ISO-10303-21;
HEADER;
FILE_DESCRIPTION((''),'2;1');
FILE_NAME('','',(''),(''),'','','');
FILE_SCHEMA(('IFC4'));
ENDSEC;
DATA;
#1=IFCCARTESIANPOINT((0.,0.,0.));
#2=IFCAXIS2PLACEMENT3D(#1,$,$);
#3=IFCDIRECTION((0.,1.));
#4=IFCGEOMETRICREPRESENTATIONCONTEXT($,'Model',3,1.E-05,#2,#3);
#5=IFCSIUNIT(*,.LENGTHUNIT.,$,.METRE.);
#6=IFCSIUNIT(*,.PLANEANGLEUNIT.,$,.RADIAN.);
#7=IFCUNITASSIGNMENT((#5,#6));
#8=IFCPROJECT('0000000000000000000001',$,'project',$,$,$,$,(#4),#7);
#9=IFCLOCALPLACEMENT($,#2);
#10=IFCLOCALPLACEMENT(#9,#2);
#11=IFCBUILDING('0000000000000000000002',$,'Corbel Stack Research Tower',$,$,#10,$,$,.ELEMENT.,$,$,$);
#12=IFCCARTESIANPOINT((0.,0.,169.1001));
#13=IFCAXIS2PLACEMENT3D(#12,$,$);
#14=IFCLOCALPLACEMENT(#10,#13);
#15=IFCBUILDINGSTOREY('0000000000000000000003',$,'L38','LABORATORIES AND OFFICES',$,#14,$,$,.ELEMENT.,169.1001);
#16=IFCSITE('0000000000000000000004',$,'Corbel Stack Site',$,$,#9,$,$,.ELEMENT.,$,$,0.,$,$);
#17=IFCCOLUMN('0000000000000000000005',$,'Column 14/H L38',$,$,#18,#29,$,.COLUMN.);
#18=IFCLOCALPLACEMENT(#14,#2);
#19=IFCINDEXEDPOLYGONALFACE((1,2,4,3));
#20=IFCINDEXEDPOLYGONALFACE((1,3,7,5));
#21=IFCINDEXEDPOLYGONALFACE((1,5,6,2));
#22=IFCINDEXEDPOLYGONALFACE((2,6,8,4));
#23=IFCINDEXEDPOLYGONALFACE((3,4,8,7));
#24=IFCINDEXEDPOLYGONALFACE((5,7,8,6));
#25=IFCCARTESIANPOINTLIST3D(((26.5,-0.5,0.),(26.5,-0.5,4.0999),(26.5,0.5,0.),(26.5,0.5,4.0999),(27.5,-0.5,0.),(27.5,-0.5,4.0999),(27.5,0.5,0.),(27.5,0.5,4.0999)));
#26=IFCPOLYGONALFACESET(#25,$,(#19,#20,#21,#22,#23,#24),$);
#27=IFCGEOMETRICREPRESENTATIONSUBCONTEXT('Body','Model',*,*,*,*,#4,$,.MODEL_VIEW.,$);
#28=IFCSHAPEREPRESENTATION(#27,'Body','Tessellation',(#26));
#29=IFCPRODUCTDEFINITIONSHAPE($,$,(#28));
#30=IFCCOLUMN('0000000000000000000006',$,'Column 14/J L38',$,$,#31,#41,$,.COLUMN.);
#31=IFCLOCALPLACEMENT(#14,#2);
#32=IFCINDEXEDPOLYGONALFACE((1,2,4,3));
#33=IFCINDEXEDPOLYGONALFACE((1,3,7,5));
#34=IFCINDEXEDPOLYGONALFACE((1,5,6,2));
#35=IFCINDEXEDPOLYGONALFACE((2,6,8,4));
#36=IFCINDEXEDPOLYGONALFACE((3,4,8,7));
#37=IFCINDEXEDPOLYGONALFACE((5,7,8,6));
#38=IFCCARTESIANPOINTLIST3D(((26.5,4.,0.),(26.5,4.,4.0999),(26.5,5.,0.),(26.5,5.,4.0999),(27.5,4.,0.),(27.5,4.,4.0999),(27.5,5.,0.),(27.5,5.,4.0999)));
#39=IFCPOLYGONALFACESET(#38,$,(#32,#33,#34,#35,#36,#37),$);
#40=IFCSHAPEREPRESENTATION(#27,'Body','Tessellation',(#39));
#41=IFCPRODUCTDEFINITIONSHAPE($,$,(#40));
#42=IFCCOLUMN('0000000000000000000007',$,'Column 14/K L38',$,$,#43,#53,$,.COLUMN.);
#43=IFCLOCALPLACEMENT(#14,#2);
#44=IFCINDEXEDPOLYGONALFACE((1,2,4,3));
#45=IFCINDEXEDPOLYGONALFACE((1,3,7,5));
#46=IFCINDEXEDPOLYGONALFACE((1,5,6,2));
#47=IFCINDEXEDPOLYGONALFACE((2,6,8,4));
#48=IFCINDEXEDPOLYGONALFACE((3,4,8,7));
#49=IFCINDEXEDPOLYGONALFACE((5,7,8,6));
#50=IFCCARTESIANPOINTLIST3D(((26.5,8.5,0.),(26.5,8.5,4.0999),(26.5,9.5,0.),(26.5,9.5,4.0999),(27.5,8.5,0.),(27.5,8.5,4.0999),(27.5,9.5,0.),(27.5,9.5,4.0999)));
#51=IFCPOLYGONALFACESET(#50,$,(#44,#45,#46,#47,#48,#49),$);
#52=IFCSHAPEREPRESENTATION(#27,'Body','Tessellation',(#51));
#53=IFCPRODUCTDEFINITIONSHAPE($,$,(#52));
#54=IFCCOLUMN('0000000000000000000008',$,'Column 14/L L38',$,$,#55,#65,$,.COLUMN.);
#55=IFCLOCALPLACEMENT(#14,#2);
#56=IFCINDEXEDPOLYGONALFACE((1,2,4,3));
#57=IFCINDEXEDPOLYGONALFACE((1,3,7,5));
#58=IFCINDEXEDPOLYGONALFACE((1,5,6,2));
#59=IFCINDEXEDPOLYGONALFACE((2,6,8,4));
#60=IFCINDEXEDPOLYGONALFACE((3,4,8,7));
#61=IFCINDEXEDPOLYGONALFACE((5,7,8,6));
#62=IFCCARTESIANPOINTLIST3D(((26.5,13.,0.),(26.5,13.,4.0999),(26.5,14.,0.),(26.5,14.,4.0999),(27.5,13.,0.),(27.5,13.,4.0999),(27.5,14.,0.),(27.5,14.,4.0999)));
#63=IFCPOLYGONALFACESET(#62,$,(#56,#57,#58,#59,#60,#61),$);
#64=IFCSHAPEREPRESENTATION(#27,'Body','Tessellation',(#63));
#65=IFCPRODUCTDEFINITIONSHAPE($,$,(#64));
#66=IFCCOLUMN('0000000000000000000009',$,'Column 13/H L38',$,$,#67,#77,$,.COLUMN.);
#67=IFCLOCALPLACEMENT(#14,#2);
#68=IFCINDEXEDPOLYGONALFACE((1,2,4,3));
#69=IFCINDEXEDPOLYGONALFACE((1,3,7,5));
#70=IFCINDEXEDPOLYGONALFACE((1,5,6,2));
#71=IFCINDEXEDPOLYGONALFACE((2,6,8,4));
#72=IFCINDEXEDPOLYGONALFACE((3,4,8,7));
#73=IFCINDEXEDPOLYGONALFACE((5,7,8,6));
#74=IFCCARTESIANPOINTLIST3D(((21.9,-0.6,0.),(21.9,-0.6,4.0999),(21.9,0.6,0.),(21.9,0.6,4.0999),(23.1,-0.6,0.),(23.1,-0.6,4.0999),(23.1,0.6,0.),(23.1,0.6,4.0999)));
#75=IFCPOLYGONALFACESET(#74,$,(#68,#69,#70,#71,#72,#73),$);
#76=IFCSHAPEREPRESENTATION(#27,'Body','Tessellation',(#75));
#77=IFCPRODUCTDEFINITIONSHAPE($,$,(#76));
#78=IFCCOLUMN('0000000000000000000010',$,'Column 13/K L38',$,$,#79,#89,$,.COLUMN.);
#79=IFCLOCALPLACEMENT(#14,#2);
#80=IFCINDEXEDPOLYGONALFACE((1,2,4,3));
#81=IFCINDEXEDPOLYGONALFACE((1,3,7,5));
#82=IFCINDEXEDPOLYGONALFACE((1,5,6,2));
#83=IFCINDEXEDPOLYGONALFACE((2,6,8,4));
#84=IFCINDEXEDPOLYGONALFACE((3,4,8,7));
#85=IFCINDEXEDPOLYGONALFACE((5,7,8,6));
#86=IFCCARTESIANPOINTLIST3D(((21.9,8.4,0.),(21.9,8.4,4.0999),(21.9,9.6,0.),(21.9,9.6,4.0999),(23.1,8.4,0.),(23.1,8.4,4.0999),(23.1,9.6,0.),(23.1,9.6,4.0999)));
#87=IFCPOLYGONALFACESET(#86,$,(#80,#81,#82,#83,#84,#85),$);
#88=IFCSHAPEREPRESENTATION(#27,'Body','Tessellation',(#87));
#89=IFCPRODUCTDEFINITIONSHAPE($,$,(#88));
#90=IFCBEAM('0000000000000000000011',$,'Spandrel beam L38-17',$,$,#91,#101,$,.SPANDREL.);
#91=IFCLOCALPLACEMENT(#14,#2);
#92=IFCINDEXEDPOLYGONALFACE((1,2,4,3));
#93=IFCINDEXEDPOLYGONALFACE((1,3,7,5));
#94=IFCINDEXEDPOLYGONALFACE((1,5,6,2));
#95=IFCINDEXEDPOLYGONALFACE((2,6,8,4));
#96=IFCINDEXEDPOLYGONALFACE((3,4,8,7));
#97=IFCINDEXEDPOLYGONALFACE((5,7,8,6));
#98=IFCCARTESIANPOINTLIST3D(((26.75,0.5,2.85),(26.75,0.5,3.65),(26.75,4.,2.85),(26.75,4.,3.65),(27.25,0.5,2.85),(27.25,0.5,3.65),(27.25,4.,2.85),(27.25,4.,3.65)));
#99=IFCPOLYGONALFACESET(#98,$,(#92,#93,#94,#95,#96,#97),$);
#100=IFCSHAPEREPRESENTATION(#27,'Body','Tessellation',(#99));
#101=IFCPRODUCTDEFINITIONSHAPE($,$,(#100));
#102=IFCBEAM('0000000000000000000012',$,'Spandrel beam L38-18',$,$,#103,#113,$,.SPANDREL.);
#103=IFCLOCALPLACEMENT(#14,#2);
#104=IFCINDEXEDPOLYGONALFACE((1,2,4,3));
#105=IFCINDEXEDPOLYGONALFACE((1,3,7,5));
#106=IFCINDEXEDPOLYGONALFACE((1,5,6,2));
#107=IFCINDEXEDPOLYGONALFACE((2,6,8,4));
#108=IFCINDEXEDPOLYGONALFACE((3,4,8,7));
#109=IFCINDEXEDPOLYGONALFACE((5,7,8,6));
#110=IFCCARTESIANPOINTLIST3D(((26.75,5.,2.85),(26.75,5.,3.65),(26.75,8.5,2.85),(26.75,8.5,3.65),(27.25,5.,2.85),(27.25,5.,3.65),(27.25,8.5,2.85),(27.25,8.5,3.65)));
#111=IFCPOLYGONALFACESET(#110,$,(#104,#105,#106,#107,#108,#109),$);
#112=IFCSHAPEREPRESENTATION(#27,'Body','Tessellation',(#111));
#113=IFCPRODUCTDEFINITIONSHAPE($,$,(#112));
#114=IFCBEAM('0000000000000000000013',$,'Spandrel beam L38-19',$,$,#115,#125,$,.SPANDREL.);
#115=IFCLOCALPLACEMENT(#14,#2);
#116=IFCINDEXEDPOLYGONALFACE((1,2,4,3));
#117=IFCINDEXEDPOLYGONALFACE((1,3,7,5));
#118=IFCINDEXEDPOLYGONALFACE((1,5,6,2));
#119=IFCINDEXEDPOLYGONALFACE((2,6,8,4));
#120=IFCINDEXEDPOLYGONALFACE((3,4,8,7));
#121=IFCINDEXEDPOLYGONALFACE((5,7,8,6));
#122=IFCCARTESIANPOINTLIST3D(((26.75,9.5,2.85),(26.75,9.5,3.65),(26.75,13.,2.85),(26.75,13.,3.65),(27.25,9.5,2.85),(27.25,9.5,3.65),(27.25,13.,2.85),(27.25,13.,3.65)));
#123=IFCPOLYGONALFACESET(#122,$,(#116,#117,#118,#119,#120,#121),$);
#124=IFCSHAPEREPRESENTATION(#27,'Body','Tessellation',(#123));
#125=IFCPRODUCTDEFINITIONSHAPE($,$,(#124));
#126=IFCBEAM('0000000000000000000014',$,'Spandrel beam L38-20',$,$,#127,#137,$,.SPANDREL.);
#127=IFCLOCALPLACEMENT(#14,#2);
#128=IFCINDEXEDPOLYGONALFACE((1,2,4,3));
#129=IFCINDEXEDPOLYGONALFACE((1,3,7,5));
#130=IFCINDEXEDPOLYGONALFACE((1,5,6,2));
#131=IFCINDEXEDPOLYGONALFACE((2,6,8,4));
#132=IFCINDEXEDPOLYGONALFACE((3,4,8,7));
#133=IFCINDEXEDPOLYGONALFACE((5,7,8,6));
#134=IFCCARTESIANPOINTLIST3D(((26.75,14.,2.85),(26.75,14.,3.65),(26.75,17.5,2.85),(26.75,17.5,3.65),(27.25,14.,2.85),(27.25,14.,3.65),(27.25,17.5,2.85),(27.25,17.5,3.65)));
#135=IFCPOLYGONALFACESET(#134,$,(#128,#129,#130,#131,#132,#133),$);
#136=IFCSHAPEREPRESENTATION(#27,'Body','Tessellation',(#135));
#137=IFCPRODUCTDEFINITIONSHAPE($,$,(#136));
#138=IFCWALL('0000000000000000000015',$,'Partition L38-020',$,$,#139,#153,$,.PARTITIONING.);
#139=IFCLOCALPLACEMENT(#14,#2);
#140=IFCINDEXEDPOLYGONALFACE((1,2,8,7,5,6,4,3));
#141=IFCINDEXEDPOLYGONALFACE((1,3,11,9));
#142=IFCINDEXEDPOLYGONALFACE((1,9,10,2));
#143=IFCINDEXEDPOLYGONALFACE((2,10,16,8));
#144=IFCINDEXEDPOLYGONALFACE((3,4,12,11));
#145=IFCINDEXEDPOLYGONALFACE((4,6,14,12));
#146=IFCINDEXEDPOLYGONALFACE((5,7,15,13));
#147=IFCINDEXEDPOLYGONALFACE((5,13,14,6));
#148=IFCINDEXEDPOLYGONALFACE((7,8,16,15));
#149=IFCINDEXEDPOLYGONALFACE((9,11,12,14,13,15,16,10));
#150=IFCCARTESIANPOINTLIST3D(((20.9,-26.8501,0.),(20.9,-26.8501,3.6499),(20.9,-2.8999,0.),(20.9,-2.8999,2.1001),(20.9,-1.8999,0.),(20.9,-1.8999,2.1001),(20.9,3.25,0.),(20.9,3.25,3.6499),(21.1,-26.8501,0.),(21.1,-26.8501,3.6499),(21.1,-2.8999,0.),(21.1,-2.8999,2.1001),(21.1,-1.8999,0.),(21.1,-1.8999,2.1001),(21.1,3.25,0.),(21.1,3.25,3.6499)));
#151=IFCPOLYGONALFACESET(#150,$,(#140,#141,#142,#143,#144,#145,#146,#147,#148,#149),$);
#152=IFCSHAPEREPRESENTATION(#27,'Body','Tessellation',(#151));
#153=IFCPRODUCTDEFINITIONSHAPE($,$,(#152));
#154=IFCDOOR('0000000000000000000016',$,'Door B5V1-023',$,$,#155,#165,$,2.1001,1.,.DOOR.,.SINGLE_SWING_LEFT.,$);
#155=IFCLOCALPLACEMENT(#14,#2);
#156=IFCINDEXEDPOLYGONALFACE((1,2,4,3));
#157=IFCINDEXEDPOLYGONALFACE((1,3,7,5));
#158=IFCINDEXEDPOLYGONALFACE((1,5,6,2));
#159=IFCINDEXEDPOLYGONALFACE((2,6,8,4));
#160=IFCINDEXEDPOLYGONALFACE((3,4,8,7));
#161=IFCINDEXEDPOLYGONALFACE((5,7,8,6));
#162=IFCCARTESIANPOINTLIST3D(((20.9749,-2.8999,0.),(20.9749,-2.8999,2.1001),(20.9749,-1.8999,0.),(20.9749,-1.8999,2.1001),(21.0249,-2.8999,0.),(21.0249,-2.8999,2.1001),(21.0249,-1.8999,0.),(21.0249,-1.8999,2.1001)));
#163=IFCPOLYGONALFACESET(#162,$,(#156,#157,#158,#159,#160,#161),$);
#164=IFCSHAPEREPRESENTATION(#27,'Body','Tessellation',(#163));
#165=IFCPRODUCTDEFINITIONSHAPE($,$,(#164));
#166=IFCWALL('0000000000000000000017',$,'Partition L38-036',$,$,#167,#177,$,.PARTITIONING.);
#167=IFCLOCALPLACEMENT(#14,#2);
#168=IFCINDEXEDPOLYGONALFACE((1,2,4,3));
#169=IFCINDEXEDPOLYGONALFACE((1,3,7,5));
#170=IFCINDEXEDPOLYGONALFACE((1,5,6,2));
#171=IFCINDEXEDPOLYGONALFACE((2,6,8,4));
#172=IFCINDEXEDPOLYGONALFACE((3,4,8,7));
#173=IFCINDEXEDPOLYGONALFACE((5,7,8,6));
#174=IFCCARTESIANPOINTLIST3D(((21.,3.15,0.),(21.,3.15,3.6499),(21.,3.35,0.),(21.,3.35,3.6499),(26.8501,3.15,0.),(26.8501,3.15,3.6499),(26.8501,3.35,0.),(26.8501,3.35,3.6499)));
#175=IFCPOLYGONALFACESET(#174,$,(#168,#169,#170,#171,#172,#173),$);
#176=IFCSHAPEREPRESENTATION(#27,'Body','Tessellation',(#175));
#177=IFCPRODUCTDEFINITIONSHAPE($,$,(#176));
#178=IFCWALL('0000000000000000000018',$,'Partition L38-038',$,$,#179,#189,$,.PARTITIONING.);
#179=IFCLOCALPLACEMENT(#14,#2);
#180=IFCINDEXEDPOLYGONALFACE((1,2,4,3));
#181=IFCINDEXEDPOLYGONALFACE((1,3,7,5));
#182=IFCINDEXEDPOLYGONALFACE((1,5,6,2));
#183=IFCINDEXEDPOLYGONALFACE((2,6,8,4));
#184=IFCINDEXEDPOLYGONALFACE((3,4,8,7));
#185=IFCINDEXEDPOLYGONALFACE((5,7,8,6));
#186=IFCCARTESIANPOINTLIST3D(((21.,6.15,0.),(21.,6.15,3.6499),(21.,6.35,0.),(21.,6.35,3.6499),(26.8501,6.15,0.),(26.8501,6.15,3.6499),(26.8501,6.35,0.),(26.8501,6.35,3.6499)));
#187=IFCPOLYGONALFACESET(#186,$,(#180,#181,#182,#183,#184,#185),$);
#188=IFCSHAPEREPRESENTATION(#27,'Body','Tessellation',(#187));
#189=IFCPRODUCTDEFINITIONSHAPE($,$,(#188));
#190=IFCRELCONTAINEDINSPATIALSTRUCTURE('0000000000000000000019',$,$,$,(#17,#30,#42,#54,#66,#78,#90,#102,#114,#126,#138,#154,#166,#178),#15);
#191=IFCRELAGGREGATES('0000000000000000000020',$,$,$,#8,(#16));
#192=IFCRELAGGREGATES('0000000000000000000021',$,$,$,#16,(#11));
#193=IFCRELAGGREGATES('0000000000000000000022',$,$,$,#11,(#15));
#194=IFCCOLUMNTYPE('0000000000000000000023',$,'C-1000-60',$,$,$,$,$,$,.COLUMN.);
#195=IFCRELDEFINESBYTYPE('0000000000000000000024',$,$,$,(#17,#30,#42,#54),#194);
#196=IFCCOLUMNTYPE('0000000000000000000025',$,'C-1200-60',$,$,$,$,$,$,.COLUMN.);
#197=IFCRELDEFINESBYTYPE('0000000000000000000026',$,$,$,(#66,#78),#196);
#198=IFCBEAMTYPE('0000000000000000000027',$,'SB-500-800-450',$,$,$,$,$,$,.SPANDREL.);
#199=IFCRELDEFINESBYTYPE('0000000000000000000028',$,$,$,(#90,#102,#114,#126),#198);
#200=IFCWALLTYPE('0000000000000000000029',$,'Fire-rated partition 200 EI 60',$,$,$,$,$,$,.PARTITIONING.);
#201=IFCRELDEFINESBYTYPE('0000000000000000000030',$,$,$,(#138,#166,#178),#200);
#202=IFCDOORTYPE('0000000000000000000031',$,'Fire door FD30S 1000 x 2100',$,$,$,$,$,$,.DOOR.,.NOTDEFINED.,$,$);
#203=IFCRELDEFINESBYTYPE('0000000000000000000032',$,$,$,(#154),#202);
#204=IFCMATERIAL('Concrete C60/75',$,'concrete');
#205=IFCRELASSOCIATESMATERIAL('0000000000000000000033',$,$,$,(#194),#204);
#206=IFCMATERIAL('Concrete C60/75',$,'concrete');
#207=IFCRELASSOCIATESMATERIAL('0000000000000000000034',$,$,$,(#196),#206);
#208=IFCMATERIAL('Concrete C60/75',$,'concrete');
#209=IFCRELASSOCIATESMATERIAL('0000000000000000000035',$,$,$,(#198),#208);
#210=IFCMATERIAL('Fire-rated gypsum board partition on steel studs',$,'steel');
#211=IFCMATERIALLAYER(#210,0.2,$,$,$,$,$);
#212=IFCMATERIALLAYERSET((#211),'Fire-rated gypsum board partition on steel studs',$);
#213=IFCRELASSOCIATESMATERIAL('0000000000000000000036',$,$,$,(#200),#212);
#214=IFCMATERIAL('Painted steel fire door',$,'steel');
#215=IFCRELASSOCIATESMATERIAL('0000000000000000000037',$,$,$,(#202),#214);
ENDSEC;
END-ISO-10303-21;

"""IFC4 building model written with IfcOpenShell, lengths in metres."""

from ifc_helpers import new_model, si_unit, direction, frame, frame_2d, origin, origin_2d, place, context, subcontext, project, spatial, rectangle, extrude, material, layer, layer_set, material_profile, profile_set, type_object, element, fill, save


model = new_model("IFC4")

# Units and contexts
model_context = context("Model", 3, precision=1e-05, world=origin(), true_north=direction((0.0, 1.0)))
body_context = subcontext(model_context, "Body", "Model", "MODEL_VIEW")
ifc_project = project(units=[si_unit("LENGTHUNIT", "METRE"), si_unit("PLANEANGLEUNIT", "RADIAN")], contexts=[model_context])

# Site, building, storey
site_placement = place(None, origin())
site = spatial("IfcSite", under=ifc_project, at=site_placement, Name="Corbel Stack Site", CompositionType="ELEMENT", RefElevation=0.0)
building_placement = place(site_placement, origin())
building = spatial("IfcBuilding", under=site, at=building_placement, Name="Corbel Stack Research Tower", CompositionType="ELEMENT")
storey_placement = place(building_placement, frame((0.0, 0.0, 169.1001)))
storey = spatial("IfcBuildingStorey", under=building, at=storey_placement, Name="L38", Description="LABORATORIES AND OFFICES", CompositionType="ELEMENT", Elevation=169.1001)

# Columns
ifc_material_1 = material(Name="Concrete C60/75", Category="concrete")
ifc_material_profile_1 = material_profile(ifc_material_1, rectangle(XDim=1.0, YDim=1.0, at=origin_2d()), Name="RC 1000 x 1000")
ifc_profile_set_1 = profile_set([ifc_material_profile_1], Name="Concrete C60/75")
column_type_1 = type_object("IfcColumnType", Name="C-1000-60", PredefinedType="COLUMN", material=ifc_profile_set_1)
for number, where, z_axis, x_axis, name in (
    (1, (27.0, 0.0, 0.0), (0.0, 0.0, 1.0), (1.0, 0.0, 0.0), "Column 14/H L38"),
    (2, (27.0, 4.5, 0.0), (0.0, 0.0, 1.0), (1.0, 0.0, 0.0), "Column 14/J L38"),
    (3, (27.0, 9.0, 0.0), (0.0, 0.0, 1.0), (1.0, 0.0, 0.0), "Column 14/K L38"),
    (4, (27.0, 13.5, 0.0), (0.0, 0.0, 1.0), (1.0, 0.0, 0.0), "Column 14/L L38"),
):
    element("IfcColumn", number, at=place(storey_placement, frame(where, z_axis=z_axis, x_axis=x_axis)), inside=storey, type_object=column_type_1, Name=name, PredefinedType="COLUMN", context=body_context, shape_type="SweptSolid", body=[
        extrude(rectangle(XDim=1.0, YDim=1.0, at=origin_2d()), origin(), (0.0, 0.0, 1.0), 4.0999),
    ])
ifc_material_2 = material(Name="Concrete C60/75", Category="concrete")
ifc_material_profile_2 = material_profile(ifc_material_2, rectangle(XDim=1.2, YDim=1.2, at=origin_2d()), Name="RC 1200 x 1200")
ifc_profile_set_2 = profile_set([ifc_material_profile_2], Name="Concrete C60/75")
column_type_2 = type_object("IfcColumnType", Name="C-1200-60", PredefinedType="COLUMN", material=ifc_profile_set_2)
for number, where, z_axis, x_axis, name in (
    (5, (22.5, 0.0, 0.0), (0.0, 0.0, 1.0), (1.0, 0.0, 0.0), "Column 13/H L38"),
    (6, (22.5, 9.0, 0.0), (0.0, 0.0, 1.0), (1.0, 0.0, 0.0), "Column 13/K L38"),
):
    element("IfcColumn", number, at=place(storey_placement, frame(where, z_axis=z_axis, x_axis=x_axis)), inside=storey, type_object=column_type_2, Name=name, PredefinedType="COLUMN", context=body_context, shape_type="SweptSolid", body=[
        extrude(rectangle(XDim=1.2, YDim=1.2, at=origin_2d()), origin(), (0.0, 0.0, 1.0), 4.0999),
    ])

# Beams
ifc_material_3 = material(Name="Concrete C60/75", Category="concrete")
ifc_material_profile_3 = material_profile(ifc_material_3, rectangle(XDim=0.5, YDim=0.8, at=origin_2d()), Name="RC 500 x 800")
ifc_profile_set_3 = profile_set([ifc_material_profile_3], Name="Concrete C60/75")
beam_type = type_object("IfcBeamType", Name="SB-500-800-450", PredefinedType="SPANDREL", material=ifc_profile_set_3)
for number, where, z_axis, x_axis, name in (
    (7, (27.0, 0.5, 3.25), (0.0, 1.0, 0.0), (-1.0, 0.0, 0.0), "Spandrel beam L38-17"),
    (8, (27.0, 5.0, 3.25), (0.0, 1.0, 0.0), (-1.0, 0.0, 0.0), "Spandrel beam L38-18"),
    (9, (27.0, 9.5, 3.25), (0.0, 1.0, 0.0), (-1.0, 0.0, 0.0), "Spandrel beam L38-19"),
    (10, (27.0, 14.0, 3.25), (0.0, 1.0, 0.0), (-1.0, 0.0, 0.0), "Spandrel beam L38-20"),
):
    element("IfcBeam", number, at=place(storey_placement, frame(where, z_axis=z_axis, x_axis=x_axis)), inside=storey, type_object=beam_type, Name=name, PredefinedType="SPANDREL", context=body_context, shape_type="SweptSolid", body=[
        extrude(rectangle(XDim=0.5, YDim=0.8, at=origin_2d()), origin(), (0.0, 0.0, 1.0), 3.5),
    ])

# Wall, opening, door
ifc_material_4 = material(Name="Fire-rated gypsum board partition on steel studs", Category="steel")
ifc_layer_1 = layer(ifc_material_4, 0.2)
ifc_layer_set_1 = layer_set([ifc_layer_1], Name="Fire-rated gypsum board partition on steel studs")
wall_type_1 = type_object("IfcWallType", Name="Fire-rated partition 200 EI 60", PredefinedType="PARTITIONING", material=ifc_layer_set_1)
wall_1_placement = place(storey_placement, frame((21.0, 3.25, 0.0), z_axis=(0.0, 0.0, 1.0), x_axis=(0.0, -1.0, 0.0)))
wall_1 = element("IfcWall", 11, at=wall_1_placement, inside=storey, type_object=wall_type_1, Name="Partition L38-020", PredefinedType="PARTITIONING", context=body_context, shape_type="SweptSolid", body=[
    extrude(rectangle(XDim=30.1001, YDim=0.2, at=frame_2d((15.05, 0.0))), origin(), (0.0, 0.0, 1.0), 3.6499),
])
opening_1_placement = place(wall_1_placement, frame((5.1499, 0.0, 0.0)))
opening_1 = element("IfcOpeningElement", 12, at=opening_1_placement, cuts=wall_1, PredefinedType="OPENING", context=body_context, shape_type="SweptSolid", body=[
    extrude(rectangle(XDim=1.0, YDim=2.1001, at=frame_2d((0.5, 1.05))), frame((0.0, 0.1099, 0.0), z_axis=(0.0, -1.0, 0.0), x_axis=(1.0, 0.0, 0.0)), (0.0, 0.0, 1.0), 0.22),
])
ifc_material_5 = material(Name="Painted steel fire door", Category="steel")
door_type = type_object("IfcDoorType", Name="Fire door FD30S 1000 x 2100", OperationType="NOTDEFINED", PredefinedType="DOOR", material=ifc_material_5)
door_placement = place(opening_1_placement, origin())
door = element("IfcDoor", 13, at=door_placement, inside=storey, type_object=door_type, Name="Door B5V1-023", OperationType="SINGLE_SWING_LEFT", OverallHeight=2.1001, OverallWidth=1.0, PredefinedType="DOOR", context=body_context, shape_type="SweptSolid", body=[
    extrude(rectangle(XDim=1.0, YDim=2.1001, at=frame_2d((0.5, 1.05))), frame((0.0, 0.0249, 0.0), z_axis=(0.0, -1.0, 0.0), x_axis=(1.0, 0.0, 0.0)), (0.0, 0.0, 1.0), 0.05),
])
fill(opening_1, door)

# Walls
for number, where, z_axis, x_axis, name in (
    (14, (21.0, 3.25, 0.0), (0.0, 0.0, 1.0), (1.0, 0.0, 0.0), "Partition L38-036"),
    (15, (21.0, 6.25, 0.0), (0.0, 0.0, 1.0), (1.0, 0.0, 0.0), "Partition L38-038"),
):
    element("IfcWall", number, at=place(storey_placement, frame(where, z_axis=z_axis, x_axis=x_axis)), inside=storey, type_object=wall_type_1, Name=name, PredefinedType="PARTITIONING", context=body_context, shape_type="SweptSolid", body=[
        extrude(rectangle(XDim=5.8501, YDim=0.2, at=frame_2d((2.925, 0.0))), origin(), (0.0, 0.0, 1.0), 3.6499),
    ])

save(model, "model.ifc")
